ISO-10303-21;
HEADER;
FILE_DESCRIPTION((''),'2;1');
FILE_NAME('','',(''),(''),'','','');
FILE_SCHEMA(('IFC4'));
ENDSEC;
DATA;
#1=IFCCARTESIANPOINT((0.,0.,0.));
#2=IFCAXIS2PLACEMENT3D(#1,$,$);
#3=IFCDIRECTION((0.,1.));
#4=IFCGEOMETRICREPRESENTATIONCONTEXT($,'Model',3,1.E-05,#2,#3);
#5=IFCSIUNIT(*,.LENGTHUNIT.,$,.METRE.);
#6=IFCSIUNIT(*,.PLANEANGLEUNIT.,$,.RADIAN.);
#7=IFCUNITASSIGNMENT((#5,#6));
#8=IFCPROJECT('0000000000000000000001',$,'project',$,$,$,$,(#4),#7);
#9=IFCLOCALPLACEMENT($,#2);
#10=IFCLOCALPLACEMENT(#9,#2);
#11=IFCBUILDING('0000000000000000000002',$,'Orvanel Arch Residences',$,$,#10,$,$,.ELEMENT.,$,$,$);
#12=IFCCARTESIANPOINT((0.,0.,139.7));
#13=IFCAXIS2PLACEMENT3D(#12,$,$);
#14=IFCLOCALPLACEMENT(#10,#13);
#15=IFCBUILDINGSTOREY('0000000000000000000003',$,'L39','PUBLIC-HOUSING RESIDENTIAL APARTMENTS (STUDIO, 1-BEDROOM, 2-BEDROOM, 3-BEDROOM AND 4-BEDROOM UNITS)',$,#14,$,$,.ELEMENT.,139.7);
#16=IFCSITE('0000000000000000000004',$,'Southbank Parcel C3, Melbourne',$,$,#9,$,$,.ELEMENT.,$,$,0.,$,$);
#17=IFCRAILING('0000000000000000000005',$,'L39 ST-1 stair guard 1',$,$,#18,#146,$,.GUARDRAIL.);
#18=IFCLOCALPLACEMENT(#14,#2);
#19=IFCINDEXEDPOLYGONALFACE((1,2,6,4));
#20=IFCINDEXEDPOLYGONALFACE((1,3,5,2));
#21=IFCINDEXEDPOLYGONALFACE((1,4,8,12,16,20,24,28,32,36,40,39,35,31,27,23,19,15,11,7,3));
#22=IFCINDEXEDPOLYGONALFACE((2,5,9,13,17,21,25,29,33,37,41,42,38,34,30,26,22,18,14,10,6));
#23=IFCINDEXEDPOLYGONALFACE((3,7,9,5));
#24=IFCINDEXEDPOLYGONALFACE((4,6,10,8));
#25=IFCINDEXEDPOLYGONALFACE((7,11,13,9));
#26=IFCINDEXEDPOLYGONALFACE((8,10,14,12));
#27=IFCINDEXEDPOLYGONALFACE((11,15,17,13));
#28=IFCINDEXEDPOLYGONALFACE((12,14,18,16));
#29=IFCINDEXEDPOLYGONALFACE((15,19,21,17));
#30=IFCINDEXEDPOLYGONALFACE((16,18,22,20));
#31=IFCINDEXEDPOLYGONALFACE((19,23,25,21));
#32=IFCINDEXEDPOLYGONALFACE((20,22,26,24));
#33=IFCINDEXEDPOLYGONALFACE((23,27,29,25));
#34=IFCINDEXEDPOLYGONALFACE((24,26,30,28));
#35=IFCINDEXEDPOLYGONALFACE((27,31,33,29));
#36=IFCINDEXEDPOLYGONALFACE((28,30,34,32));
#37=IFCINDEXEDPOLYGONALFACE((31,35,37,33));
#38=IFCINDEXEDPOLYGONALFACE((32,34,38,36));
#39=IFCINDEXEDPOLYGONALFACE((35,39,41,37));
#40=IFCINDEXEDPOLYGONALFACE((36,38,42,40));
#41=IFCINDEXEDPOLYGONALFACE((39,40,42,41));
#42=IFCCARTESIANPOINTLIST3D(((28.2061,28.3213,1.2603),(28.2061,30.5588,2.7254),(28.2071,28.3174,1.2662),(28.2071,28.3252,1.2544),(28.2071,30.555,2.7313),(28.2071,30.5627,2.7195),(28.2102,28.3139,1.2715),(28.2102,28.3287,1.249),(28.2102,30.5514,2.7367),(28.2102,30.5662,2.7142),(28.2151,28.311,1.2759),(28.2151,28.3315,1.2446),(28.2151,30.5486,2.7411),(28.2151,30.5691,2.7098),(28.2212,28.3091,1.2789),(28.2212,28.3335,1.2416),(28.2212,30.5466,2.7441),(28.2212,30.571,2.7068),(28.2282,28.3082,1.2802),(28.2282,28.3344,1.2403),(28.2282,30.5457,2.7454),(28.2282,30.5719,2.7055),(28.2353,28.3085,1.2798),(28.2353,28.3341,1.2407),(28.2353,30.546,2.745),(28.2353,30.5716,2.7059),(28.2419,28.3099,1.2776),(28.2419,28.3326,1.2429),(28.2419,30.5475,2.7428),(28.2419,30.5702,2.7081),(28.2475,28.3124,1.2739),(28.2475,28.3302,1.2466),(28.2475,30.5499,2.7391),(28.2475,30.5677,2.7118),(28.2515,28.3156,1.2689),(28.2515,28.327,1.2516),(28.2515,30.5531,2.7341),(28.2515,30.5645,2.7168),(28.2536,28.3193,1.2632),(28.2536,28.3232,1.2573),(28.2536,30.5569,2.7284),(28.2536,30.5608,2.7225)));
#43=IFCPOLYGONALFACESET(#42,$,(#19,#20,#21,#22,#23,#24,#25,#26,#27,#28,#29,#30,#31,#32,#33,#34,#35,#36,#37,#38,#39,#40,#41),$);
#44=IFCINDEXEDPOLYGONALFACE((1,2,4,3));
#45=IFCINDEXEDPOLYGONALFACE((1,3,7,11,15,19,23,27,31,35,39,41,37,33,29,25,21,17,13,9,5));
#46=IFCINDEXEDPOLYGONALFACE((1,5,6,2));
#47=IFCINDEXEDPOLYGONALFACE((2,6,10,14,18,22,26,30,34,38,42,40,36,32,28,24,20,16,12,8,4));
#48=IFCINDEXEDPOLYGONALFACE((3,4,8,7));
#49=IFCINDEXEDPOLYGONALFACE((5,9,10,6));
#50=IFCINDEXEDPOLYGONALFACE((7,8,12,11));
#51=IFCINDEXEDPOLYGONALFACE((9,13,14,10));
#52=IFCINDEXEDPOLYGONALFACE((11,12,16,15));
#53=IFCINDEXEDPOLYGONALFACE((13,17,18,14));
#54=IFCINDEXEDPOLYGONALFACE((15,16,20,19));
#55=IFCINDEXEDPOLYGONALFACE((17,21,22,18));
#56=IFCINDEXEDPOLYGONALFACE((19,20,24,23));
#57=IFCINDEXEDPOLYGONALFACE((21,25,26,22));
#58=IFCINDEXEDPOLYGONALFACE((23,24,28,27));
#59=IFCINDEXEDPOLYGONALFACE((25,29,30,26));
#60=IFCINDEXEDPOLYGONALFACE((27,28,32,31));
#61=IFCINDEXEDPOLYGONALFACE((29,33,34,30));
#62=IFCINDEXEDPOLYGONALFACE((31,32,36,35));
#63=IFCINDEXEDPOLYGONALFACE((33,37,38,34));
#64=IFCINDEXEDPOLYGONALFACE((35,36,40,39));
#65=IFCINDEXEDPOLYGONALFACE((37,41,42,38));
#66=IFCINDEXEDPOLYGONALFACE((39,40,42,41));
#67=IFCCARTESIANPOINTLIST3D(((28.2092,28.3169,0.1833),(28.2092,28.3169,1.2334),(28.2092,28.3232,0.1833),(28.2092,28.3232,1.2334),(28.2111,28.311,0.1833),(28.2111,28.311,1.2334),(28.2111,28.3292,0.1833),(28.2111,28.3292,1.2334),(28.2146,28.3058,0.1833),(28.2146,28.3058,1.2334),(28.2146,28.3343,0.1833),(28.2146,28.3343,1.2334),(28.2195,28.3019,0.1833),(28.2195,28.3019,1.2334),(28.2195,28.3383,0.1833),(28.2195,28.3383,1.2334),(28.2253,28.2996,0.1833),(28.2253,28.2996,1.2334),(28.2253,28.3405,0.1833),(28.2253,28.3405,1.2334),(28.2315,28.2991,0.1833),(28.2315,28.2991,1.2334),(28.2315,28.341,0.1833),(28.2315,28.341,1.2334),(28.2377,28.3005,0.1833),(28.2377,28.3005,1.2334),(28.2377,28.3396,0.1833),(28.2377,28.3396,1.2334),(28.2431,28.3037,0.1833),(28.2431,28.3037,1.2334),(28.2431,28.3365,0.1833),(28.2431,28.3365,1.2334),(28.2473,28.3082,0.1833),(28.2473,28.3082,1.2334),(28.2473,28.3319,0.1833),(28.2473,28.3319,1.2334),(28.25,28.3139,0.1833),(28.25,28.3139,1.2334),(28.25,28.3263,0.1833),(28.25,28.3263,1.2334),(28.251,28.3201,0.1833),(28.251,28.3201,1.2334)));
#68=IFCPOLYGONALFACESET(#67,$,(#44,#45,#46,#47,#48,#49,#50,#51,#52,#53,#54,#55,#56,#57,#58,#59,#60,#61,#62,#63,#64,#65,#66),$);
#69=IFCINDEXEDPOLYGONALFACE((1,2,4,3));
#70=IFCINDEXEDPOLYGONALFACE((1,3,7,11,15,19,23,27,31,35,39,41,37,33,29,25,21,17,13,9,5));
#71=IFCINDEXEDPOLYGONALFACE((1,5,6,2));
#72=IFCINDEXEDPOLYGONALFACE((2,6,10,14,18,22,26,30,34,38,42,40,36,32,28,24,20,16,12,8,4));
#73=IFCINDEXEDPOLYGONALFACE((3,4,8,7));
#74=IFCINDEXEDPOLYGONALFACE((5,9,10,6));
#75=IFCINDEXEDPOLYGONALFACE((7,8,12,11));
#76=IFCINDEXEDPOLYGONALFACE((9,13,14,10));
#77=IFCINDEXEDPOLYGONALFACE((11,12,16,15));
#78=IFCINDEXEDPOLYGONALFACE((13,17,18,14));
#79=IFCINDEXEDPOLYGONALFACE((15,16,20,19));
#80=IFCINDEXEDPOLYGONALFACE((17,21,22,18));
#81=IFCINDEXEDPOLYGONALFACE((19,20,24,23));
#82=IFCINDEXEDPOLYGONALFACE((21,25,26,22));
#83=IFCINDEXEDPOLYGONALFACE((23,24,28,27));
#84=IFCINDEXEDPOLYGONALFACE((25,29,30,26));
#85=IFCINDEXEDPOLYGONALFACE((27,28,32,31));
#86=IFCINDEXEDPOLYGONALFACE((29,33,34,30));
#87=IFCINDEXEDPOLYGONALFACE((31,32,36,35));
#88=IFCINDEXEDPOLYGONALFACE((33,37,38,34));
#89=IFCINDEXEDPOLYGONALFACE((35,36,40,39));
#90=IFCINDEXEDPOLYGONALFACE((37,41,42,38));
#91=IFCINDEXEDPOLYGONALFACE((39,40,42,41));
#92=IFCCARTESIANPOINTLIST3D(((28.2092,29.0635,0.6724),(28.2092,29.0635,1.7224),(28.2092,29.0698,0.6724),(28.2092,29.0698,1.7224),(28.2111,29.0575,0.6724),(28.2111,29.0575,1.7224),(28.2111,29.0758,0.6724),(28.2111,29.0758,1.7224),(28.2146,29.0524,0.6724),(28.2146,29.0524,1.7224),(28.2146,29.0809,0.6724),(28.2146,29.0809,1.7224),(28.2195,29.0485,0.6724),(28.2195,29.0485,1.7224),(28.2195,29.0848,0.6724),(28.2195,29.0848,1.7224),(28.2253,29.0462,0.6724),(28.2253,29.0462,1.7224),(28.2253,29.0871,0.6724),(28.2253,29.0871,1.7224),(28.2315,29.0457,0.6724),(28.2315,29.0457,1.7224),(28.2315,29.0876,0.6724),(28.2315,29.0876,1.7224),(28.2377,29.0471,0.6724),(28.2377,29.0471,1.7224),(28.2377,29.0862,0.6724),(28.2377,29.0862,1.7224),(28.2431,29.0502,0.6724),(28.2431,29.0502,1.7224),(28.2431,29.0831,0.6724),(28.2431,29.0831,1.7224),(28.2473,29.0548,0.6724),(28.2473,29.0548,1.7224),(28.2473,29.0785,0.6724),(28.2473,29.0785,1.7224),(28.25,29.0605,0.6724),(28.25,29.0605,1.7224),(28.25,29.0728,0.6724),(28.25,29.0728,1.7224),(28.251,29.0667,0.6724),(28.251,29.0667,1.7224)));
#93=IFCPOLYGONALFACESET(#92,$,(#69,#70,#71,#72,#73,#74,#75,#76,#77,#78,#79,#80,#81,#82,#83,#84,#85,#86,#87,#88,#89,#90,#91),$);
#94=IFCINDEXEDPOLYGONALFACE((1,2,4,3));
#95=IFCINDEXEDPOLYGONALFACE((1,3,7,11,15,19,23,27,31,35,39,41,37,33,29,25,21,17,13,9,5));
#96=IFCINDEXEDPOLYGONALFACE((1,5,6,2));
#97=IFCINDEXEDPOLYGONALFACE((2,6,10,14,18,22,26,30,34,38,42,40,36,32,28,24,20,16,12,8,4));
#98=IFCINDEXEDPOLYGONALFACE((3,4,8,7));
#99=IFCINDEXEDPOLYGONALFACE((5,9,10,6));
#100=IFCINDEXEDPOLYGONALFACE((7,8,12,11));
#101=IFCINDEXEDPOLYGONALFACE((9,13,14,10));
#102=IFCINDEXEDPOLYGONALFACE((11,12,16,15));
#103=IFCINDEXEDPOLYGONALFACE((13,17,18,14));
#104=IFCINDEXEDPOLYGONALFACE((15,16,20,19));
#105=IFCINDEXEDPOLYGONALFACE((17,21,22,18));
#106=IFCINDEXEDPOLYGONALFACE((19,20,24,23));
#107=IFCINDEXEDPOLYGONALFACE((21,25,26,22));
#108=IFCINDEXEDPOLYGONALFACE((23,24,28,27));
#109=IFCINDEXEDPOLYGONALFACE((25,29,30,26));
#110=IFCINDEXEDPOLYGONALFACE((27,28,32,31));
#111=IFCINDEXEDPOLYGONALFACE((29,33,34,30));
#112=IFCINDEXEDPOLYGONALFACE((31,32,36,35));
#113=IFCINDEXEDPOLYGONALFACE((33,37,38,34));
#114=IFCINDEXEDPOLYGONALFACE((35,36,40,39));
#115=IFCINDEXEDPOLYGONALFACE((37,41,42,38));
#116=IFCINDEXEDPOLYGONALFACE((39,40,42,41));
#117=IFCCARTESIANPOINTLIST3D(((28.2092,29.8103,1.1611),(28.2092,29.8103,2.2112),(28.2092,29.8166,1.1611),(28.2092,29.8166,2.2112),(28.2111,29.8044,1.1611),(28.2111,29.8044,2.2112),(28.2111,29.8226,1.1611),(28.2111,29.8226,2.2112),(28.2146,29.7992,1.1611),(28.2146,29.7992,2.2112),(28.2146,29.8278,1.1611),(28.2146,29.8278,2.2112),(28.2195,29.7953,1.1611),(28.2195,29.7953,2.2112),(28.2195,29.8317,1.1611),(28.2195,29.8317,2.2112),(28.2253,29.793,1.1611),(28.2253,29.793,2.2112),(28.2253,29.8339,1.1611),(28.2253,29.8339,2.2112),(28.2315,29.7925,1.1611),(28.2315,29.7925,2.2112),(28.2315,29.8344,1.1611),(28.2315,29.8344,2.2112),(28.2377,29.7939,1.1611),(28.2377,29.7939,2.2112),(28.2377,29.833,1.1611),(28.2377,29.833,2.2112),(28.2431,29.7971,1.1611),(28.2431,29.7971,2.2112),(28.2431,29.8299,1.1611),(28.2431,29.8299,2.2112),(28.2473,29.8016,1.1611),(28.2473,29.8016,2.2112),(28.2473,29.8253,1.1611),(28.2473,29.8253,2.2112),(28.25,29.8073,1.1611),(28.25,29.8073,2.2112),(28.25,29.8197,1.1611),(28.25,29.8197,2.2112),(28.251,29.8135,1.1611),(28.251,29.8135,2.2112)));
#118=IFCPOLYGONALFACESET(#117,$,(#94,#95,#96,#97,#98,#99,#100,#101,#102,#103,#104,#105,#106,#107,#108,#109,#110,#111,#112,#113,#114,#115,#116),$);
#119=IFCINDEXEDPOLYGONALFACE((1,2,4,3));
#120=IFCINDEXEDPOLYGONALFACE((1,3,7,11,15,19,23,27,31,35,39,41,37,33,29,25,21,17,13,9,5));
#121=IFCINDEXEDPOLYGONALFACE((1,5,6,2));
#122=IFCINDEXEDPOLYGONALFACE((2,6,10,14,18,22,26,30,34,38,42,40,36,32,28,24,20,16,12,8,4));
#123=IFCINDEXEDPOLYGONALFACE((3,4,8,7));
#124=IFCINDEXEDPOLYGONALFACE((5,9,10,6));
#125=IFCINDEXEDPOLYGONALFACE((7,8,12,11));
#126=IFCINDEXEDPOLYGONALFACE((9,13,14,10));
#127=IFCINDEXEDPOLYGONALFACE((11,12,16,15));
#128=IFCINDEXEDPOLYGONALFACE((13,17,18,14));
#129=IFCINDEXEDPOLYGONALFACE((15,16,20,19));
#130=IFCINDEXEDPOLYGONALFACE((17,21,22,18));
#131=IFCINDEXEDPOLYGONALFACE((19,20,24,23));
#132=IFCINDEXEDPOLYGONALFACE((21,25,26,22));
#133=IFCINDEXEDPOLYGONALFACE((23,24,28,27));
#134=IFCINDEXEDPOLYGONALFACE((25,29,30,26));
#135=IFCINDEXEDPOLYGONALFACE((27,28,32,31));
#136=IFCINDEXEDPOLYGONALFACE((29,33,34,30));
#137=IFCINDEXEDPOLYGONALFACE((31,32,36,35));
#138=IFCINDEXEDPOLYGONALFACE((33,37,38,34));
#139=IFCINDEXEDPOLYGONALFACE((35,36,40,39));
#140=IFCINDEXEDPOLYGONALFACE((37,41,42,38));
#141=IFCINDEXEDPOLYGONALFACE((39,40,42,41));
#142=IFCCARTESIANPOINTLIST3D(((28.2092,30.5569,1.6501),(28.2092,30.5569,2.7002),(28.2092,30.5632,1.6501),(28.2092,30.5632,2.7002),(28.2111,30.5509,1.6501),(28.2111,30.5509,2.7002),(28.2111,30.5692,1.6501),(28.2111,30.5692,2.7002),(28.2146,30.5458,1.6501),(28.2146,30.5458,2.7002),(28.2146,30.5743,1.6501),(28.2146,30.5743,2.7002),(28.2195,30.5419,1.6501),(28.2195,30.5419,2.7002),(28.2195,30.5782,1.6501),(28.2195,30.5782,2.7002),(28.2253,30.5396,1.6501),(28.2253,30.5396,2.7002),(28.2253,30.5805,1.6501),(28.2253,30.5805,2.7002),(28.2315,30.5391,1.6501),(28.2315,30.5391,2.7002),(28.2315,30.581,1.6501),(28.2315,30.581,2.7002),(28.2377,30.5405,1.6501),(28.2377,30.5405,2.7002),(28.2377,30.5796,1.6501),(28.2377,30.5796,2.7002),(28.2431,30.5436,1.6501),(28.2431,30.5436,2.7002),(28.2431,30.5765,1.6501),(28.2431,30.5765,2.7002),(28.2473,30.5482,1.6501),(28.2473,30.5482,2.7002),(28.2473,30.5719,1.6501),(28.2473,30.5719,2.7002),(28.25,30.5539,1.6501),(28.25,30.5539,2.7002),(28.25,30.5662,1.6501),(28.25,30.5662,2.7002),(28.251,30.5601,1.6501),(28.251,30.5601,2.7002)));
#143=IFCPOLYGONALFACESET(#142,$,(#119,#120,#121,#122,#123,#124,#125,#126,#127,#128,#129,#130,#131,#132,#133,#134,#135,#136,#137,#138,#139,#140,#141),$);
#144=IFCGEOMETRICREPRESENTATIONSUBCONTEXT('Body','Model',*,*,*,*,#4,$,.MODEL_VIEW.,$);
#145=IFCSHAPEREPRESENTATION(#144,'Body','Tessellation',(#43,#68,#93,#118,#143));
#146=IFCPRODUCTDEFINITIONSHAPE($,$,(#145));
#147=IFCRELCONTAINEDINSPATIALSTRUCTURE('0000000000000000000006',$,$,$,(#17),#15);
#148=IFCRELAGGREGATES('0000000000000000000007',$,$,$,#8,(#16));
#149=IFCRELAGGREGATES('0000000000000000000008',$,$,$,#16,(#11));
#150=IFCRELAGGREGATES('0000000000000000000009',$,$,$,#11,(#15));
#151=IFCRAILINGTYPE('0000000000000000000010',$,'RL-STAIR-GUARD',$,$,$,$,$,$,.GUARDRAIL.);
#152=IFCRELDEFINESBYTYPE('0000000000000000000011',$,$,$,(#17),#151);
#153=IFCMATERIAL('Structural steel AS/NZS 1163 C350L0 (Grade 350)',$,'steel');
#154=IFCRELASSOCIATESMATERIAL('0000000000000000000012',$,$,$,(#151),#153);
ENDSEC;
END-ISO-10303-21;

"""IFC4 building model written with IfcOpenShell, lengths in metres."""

from ifc_helpers import new_model, si_unit, direction, frame, origin, origin_2d, place, context, subcontext, project, spatial, circle, extrude, material, type_object, element, save


model = new_model("IFC4")

# Units and contexts
model_context = context("Model", 3, precision=1e-05, world=origin(), true_north=direction((0.0, 1.0)))
body_context = subcontext(model_context, "Body", "Model", "MODEL_VIEW")
ifc_project = project(units=[si_unit("LENGTHUNIT", "METRE"), si_unit("PLANEANGLEUNIT", "RADIAN")], contexts=[model_context])

# Site, building, storey
site_placement = place(None, origin())
site = spatial("IfcSite", under=ifc_project, at=site_placement, Name="Southbank Parcel C3, Melbourne", CompositionType="ELEMENT", RefElevation=0.0)
building_placement = place(site_placement, origin())
building = spatial("IfcBuilding", under=site, at=building_placement, Name="Orvanel Arch Residences", CompositionType="ELEMENT")
storey_placement = place(building_placement, frame((0.0, 0.0, 139.7)))
storey = spatial("IfcBuildingStorey", under=building, at=storey_placement, Name="L39", Description="PUBLIC-HOUSING RESIDENTIAL APARTMENTS (STUDIO, 1-BEDROOM, 2-BEDROOM, 3-BEDROOM AND 4-BEDROOM UNITS)", CompositionType="ELEMENT", Elevation=139.7)

# Railing
ifc_material_1 = material(Name="Structural steel AS/NZS 1163 C350L0 (Grade 350)", Category="steel")
railing_type_1 = type_object("IfcRailingType", Name="RL-STAIR-GUARD", PredefinedType="GUARDRAIL", material=ifc_material_1)
railing_1_placement = place(storey_placement, frame((28.23, 28.3201, 0.1833)))
element("IfcRailing", 1, at=railing_1_placement, inside=storey, type_object=railing_type_1, Name="L39 ST-1 stair guard 1", PredefinedType="GUARDRAIL", context=body_context, shape_type="SweptSolid", body=[
    extrude(circle(Radius=0.0239, at=origin_2d()), frame((0.0, 0.0012, 1.0769), z_axis=(0.0, 0.836595, 0.547822), x_axis=(-1.0, 0.0, 0.0)), (0.0, 0.0, 1.0), 2.6746),
    extrude(circle(Radius=0.021, at=origin_2d()), origin(), (0.0, 0.0, 1.0), 1.05),
    extrude(circle(Radius=0.021, at=origin_2d()), frame((0.0, 0.7466, 0.489)), (0.0, 0.0, 1.0), 1.05),
    extrude(circle(Radius=0.021, at=origin_2d()), frame((0.0, 1.4934, 0.9778)), (0.0, 0.0, 1.0), 1.05),
    extrude(circle(Radius=0.021, at=origin_2d()), frame((0.0, 2.24, 1.4668)), (0.0, 0.0, 1.0), 1.05),
])

save(model, "model.ifc")
